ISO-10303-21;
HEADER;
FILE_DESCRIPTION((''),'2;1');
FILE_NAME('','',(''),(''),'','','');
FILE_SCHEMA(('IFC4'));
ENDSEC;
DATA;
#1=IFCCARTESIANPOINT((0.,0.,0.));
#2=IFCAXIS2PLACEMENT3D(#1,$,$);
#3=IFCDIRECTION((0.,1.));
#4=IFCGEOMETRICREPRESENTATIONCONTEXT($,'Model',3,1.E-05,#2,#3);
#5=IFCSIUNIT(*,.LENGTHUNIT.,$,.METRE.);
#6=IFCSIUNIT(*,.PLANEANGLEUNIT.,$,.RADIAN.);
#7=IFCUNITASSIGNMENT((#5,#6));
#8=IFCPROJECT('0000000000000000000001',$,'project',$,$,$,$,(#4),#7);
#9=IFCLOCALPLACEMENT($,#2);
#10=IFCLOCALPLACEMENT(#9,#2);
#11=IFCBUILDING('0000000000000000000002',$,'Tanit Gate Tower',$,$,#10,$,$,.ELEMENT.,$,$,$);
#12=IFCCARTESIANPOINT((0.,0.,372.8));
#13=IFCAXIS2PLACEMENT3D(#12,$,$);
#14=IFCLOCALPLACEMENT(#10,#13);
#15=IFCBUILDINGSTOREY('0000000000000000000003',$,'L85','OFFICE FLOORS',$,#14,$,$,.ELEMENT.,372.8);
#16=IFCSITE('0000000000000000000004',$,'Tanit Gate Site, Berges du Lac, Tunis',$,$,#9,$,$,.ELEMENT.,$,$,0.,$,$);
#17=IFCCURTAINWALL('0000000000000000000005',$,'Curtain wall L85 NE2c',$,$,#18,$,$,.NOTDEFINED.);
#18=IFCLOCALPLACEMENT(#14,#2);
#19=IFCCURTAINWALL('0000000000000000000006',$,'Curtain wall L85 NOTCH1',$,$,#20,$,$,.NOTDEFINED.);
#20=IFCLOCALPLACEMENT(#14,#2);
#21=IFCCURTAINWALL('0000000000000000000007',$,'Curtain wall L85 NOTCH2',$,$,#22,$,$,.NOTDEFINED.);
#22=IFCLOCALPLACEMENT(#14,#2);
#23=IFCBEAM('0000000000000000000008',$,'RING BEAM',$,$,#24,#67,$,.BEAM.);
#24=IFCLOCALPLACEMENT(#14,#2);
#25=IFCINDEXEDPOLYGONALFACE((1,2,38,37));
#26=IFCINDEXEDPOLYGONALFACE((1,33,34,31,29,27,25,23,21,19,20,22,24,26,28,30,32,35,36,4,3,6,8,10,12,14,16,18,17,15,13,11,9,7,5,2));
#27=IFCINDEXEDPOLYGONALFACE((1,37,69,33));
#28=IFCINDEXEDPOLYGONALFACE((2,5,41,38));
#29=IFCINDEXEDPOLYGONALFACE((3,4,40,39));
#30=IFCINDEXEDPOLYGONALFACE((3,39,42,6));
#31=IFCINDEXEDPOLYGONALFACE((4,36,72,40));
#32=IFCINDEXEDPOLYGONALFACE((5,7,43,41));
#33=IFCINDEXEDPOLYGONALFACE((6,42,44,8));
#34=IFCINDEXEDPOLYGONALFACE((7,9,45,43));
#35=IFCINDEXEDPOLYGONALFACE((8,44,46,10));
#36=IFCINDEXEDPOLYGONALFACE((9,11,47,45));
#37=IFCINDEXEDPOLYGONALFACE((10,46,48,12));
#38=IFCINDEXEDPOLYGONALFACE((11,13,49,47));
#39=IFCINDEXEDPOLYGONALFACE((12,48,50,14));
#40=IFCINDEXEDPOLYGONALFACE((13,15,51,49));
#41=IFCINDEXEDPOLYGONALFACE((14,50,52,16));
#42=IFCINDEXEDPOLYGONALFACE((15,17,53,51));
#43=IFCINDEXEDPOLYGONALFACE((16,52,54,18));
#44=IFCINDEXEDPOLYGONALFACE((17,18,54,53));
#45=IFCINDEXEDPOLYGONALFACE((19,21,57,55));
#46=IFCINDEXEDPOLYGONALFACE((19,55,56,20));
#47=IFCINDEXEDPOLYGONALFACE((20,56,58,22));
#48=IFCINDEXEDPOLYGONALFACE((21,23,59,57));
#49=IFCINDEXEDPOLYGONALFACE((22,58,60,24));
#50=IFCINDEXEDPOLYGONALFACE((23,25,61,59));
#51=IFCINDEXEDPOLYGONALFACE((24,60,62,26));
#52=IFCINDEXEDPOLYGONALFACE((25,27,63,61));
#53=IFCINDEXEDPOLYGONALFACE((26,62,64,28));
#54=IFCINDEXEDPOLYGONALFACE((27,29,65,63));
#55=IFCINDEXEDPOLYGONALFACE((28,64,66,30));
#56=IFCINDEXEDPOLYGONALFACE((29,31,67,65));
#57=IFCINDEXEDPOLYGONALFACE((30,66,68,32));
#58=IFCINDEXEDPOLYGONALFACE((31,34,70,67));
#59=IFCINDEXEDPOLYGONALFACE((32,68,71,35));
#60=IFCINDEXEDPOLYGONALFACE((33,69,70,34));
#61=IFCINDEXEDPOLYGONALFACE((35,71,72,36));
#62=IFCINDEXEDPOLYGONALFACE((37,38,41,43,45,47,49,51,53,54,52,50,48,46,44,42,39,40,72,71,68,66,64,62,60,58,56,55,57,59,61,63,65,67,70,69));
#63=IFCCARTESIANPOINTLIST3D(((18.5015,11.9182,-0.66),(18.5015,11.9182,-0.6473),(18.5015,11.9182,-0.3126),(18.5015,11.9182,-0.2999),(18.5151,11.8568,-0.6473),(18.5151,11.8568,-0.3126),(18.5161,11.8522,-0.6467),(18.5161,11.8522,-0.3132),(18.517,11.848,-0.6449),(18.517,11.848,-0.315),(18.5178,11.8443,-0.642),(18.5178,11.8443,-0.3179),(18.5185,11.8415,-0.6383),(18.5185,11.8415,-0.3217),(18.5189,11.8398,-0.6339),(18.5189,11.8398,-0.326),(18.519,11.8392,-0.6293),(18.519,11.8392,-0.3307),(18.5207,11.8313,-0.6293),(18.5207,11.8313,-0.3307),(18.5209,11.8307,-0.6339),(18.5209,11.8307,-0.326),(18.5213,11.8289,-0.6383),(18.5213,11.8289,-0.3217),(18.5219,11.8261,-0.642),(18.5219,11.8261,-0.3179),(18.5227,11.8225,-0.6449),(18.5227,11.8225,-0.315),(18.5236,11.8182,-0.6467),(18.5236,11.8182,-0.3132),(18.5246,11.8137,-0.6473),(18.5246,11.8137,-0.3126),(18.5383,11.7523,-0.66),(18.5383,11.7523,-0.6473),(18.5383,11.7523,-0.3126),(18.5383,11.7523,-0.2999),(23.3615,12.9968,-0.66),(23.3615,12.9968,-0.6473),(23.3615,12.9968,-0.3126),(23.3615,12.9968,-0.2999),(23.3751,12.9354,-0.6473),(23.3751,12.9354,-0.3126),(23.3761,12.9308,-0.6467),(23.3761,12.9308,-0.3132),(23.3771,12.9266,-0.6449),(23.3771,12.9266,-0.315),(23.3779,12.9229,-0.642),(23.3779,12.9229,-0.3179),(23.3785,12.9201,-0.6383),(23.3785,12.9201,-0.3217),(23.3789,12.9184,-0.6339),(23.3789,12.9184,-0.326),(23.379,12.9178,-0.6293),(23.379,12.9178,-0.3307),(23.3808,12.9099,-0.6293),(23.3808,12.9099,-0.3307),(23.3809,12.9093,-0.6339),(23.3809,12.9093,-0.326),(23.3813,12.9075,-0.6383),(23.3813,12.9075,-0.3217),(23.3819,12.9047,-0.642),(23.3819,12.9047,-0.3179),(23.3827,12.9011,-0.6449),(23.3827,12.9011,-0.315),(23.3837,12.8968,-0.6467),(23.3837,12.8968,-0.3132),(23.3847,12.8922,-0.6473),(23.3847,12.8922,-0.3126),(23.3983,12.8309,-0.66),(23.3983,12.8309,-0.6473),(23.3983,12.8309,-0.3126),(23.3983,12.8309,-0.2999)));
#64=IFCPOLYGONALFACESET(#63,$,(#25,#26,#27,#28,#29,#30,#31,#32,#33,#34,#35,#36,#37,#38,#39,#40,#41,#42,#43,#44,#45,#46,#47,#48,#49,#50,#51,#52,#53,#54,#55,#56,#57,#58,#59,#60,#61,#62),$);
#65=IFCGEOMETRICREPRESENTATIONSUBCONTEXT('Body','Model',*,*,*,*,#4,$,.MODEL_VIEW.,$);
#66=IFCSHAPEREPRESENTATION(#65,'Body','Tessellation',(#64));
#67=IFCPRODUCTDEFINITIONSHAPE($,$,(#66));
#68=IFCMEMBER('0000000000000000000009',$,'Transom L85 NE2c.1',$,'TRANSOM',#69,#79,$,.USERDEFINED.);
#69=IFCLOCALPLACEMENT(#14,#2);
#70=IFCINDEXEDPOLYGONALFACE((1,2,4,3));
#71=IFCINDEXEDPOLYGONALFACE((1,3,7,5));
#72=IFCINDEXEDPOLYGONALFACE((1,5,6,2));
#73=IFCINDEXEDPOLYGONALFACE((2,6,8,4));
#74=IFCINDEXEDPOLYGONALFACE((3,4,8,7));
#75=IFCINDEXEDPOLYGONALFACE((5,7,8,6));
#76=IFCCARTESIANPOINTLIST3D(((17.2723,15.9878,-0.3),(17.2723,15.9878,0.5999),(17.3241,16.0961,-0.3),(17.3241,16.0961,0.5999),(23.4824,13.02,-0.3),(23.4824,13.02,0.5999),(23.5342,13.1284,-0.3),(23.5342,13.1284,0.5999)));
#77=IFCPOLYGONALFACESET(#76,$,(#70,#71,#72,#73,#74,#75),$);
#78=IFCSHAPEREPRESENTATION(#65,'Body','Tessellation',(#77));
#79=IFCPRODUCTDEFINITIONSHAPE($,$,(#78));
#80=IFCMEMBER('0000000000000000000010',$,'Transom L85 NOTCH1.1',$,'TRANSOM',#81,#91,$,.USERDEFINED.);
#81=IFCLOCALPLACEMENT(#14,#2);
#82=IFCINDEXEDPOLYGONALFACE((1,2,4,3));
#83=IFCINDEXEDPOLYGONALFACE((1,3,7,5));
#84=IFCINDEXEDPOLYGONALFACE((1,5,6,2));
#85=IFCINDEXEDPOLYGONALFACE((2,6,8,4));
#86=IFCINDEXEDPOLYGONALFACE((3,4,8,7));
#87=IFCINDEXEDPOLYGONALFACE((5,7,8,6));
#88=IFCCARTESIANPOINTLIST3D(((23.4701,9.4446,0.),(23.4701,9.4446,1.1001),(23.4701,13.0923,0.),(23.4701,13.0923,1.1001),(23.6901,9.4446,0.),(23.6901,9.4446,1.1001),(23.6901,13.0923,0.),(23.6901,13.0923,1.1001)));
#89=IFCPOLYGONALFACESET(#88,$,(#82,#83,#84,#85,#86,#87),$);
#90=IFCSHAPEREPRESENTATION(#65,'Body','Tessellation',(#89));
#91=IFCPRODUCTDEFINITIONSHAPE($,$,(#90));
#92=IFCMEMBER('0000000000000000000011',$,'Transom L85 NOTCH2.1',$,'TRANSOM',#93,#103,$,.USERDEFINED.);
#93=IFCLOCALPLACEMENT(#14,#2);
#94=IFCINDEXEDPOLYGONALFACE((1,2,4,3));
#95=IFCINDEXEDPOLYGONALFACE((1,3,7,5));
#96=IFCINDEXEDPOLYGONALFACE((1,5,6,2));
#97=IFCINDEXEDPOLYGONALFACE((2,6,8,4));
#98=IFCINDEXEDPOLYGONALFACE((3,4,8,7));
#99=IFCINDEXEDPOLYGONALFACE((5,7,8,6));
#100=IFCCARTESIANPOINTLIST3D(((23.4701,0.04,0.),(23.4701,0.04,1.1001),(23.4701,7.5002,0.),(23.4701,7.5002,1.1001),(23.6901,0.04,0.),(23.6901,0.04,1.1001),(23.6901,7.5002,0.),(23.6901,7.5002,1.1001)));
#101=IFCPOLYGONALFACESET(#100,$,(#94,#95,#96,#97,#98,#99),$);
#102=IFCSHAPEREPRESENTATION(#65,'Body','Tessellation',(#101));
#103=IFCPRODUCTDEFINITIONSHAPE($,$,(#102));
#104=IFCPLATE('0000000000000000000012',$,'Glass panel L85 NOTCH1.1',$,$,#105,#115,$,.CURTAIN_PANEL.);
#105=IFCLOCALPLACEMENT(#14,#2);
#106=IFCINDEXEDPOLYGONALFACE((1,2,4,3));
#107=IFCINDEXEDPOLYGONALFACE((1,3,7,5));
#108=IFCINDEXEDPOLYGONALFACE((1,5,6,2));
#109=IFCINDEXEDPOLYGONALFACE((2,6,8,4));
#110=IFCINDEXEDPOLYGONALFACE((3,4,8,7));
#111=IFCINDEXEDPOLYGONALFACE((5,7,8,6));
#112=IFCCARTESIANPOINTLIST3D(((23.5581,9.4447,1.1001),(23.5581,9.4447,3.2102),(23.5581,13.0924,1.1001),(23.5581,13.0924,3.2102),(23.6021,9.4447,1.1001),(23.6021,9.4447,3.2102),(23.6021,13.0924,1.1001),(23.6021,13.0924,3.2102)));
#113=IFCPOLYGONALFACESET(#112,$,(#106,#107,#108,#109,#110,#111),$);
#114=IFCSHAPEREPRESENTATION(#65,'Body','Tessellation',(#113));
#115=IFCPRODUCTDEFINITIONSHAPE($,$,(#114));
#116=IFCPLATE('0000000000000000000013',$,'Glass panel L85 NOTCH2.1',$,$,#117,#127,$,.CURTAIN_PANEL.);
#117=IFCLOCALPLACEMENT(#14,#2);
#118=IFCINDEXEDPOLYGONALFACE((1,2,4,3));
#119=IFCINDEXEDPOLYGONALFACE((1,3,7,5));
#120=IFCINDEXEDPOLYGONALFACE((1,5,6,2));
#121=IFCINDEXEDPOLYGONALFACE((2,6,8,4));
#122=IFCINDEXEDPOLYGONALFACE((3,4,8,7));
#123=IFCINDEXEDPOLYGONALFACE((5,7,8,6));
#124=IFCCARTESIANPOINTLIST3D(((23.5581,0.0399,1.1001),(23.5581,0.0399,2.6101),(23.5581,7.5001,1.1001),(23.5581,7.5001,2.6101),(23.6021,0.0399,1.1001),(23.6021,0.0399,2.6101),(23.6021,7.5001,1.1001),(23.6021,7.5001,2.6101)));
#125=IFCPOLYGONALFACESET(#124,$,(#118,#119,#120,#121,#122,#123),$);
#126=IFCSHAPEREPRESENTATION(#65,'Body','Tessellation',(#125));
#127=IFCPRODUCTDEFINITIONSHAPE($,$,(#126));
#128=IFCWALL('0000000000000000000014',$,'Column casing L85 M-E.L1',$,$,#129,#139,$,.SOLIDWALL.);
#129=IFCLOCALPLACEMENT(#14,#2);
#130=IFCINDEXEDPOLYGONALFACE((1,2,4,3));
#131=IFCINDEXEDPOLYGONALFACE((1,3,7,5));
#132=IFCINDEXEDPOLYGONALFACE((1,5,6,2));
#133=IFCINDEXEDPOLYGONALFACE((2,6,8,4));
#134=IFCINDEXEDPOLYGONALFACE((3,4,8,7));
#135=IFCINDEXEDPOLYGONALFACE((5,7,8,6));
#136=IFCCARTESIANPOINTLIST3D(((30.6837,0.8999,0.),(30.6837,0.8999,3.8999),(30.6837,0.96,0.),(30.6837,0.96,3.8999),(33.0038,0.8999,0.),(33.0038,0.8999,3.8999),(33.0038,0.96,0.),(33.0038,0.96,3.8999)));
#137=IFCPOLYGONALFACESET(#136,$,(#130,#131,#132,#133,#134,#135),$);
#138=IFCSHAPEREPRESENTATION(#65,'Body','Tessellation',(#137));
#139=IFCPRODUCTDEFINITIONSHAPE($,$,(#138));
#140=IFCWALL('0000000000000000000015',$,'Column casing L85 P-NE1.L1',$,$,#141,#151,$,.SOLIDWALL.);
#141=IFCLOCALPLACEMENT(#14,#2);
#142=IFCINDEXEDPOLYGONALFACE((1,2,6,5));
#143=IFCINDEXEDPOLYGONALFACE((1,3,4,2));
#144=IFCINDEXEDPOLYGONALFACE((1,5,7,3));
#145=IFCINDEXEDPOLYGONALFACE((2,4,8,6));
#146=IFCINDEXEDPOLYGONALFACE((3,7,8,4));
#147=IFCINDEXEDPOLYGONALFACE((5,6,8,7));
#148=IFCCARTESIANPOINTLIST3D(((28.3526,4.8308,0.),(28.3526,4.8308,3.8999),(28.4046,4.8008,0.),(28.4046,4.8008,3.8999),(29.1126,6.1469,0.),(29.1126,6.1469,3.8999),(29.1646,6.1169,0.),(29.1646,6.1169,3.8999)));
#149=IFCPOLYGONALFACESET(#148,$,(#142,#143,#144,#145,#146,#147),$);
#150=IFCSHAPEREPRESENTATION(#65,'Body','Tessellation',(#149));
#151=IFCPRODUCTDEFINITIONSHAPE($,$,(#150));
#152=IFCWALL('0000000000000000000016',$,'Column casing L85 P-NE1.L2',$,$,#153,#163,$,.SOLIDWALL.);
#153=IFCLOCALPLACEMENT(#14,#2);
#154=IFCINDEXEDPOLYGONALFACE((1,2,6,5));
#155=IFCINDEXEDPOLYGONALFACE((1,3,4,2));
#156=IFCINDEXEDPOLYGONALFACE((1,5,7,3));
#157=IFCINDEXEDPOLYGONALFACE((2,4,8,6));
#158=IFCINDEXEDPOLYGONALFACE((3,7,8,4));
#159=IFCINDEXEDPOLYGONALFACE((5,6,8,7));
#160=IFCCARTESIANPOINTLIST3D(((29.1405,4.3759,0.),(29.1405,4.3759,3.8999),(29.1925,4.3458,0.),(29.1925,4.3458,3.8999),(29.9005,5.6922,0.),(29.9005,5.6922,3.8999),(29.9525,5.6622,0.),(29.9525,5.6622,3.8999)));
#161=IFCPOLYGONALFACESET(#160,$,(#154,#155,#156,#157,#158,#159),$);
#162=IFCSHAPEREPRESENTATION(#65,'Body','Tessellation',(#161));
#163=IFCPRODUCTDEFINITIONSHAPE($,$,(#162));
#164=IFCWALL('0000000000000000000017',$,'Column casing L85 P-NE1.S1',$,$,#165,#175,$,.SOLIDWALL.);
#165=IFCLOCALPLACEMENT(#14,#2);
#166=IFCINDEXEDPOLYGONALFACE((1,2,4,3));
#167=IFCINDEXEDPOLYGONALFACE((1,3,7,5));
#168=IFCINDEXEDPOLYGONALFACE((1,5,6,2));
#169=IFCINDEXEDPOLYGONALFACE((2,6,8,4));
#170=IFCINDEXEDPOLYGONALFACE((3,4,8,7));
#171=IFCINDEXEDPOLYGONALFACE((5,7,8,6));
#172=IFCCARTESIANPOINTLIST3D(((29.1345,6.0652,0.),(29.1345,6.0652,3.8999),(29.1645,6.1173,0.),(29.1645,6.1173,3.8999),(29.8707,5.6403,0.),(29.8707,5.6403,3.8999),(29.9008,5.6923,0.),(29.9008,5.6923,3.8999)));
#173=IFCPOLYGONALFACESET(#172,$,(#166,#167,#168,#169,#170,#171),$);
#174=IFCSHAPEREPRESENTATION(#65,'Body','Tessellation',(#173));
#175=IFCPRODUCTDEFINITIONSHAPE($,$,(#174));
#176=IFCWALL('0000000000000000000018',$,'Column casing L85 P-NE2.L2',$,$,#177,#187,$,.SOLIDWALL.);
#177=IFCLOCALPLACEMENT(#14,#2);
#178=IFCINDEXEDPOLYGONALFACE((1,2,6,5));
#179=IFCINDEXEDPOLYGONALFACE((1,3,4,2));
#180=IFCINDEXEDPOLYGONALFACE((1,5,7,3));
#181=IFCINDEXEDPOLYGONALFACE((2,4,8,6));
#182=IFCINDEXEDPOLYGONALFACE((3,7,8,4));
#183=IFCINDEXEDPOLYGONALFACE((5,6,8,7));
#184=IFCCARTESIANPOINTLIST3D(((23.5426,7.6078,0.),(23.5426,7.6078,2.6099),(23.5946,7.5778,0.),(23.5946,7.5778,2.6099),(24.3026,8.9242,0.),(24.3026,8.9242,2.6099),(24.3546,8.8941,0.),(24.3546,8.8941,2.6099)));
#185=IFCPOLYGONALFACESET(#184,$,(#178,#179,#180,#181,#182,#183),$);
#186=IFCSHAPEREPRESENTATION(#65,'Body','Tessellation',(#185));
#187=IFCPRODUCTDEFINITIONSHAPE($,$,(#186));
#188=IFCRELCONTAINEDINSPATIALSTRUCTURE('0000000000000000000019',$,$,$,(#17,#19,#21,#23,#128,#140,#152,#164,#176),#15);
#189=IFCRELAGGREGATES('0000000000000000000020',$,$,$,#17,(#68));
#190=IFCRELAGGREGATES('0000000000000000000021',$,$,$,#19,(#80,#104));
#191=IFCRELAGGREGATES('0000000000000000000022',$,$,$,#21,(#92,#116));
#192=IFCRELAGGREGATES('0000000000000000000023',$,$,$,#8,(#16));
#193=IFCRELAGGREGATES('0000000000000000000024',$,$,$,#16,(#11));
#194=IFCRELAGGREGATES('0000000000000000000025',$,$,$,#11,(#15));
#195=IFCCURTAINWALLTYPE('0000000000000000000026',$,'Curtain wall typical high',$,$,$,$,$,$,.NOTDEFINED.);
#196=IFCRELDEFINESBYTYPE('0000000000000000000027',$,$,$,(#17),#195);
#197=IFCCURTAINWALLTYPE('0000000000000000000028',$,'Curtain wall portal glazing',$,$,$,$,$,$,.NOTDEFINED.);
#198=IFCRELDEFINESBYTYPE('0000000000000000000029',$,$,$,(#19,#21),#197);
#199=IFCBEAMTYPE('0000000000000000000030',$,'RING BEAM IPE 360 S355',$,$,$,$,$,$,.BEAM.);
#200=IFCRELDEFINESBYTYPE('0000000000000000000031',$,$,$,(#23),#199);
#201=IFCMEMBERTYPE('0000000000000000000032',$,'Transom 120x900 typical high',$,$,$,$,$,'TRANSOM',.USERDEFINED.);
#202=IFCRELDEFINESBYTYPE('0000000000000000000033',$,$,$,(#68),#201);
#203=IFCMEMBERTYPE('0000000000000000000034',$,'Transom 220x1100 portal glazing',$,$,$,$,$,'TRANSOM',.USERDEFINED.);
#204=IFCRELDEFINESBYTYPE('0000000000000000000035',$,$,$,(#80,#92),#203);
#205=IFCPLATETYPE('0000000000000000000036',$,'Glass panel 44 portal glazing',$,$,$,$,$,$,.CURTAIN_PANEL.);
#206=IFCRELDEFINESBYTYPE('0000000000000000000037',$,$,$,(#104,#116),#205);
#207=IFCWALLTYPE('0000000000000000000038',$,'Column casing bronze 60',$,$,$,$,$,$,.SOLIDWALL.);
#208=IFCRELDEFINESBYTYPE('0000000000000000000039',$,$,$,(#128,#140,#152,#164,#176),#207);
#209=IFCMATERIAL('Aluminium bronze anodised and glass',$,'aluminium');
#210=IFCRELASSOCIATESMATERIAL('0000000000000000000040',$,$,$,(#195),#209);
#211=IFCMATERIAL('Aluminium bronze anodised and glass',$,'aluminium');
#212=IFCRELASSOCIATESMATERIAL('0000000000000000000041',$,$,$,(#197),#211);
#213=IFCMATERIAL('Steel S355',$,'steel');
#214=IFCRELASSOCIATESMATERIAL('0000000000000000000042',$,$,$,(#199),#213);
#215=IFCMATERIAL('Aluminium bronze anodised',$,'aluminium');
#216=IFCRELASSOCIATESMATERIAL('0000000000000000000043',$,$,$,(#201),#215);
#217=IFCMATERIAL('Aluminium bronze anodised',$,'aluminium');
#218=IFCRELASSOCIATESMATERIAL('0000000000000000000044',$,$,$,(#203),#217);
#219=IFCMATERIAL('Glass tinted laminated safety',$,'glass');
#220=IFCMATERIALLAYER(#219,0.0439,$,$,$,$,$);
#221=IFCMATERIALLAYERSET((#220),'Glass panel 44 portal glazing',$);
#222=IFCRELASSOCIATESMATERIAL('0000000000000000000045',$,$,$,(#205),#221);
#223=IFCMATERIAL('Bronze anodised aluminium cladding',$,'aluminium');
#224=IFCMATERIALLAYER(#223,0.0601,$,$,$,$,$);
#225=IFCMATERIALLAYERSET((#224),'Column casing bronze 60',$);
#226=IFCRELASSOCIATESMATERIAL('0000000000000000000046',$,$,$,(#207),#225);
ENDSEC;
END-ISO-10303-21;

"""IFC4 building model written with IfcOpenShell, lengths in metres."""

from ifc_helpers import new_model, si_unit, direction, frame, frame_2d, origin, origin_2d, place, context, subcontext, project, spatial, rectangle, i_section, extrude, material, layer, layer_set, material_profile, profile_set, type_object, element, aggregate, save


model = new_model("IFC4")

# Units and contexts
model_context = context("Model", 3, precision=1e-05, world=origin(), true_north=direction((0.0, 1.0)))
body_context = subcontext(model_context, "Body", "Model", "MODEL_VIEW")
ifc_project = project(units=[si_unit("LENGTHUNIT", "METRE"), si_unit("PLANEANGLEUNIT", "RADIAN")], contexts=[model_context])

# Site, building, storey
site_placement = place(None, origin())
site = spatial("IfcSite", under=ifc_project, at=site_placement, Name="Tanit Gate Site, Berges du Lac, Tunis", CompositionType="ELEMENT", RefElevation=0.0)
building_placement = place(site_placement, origin())
building = spatial("IfcBuilding", under=site, at=building_placement, Name="Tanit Gate Tower", CompositionType="ELEMENT")
storey_placement = place(building_placement, frame((0.0, 0.0, 372.8)))
storey = spatial("IfcBuildingStorey", under=building, at=storey_placement, Name="L85", Description="OFFICE FLOORS", CompositionType="ELEMENT", Elevation=372.8)

# Curtain wall
ifc_material_1 = material(Name="Aluminium bronze anodised and glass", Category="aluminium")
curtain_wall_type_1 = type_object("IfcCurtainWallType", Name="Curtain wall typical high", PredefinedType="NOTDEFINED", material=ifc_material_1)
curtain_wall_1_placement = place(storey_placement, origin())
curtain_wall_1 = element("IfcCurtainWall", 1, at=curtain_wall_1_placement, inside=storey, type_object=curtain_wall_type_1, Name="Curtain wall L85 NE2c", PredefinedType="NOTDEFINED")

# Curtain wall
ifc_material_2 = material(Name="Aluminium bronze anodised and glass", Category="aluminium")
curtain_wall_type_2 = type_object("IfcCurtainWallType", Name="Curtain wall portal glazing", PredefinedType="NOTDEFINED", material=ifc_material_2)
curtain_wall_2_placement = place(storey_placement, origin())
curtain_wall_2 = element("IfcCurtainWall", 2, at=curtain_wall_2_placement, inside=storey, type_object=curtain_wall_type_2, Name="Curtain wall L85 NOTCH1", PredefinedType="NOTDEFINED")

# Curtain wall
curtain_wall_3_placement = place(storey_placement, origin())
curtain_wall_3 = element("IfcCurtainWall", 3, at=curtain_wall_3_placement, inside=storey, type_object=curtain_wall_type_2, Name="Curtain wall L85 NOTCH2", PredefinedType="NOTDEFINED")

# Beam
ifc_material_3 = material(Name="Steel S355", Category="steel")
ifc_material_profile_1 = material_profile(ifc_material_3, i_section(OverallWidth=0.1699, OverallDepth=0.3601, WebThickness=0.0081, FlangeThickness=0.0127, FilletRadius=0.0181, at=origin_2d()), Name="IPE 360")
ifc_profile_set_1 = profile_set([ifc_material_profile_1], Name="Steel S355")
beam_type_1 = type_object("IfcBeamType", Name="RING BEAM IPE 360 S355", PredefinedType="BEAM", material=ifc_profile_set_1)
beam_1_placement = place(storey_placement, frame((23.3799, 12.9138, -0.48), z_axis=(-0.976247, -0.21666, 0.0), x_axis=(0.21666, -0.976247, 0.0)))
element("IfcBeam", 4, at=beam_1_placement, inside=storey, type_object=beam_type_1, Name="RING BEAM", PredefinedType="BEAM", context=body_context, shape_type="SweptSolid", body=[
    extrude(i_section(OverallWidth=0.1699, OverallDepth=0.3601, WebThickness=0.0081, FlangeThickness=0.0127, FilletRadius=0.0181, at=origin_2d()), origin(), (0.0, 0.0, 1.0), 4.9783),
])

# Members
ifc_material_4 = material(Name="Aluminium bronze anodised", Category="aluminium")
ifc_material_profile_2 = material_profile(ifc_material_4, rectangle(XDim=0.1201, YDim=0.8999, at=origin_2d()), Name="120x900 bronze transom")
ifc_profile_set_2 = profile_set([ifc_material_profile_2], Name="Aluminium bronze anodised")
member_type_1 = type_object("IfcMemberType", Name="Transom 120x900 typical high", ElementType="TRANSOM", PredefinedType="USERDEFINED", material=ifc_profile_set_2)
member_1_placement = place(storey_placement, frame((23.5083, 13.0742, 0.1499), z_axis=(-0.902266, 0.431181, 0.0), x_axis=(-0.431181, -0.902266, 0.0)))
member_1 = element("IfcMember", 5, at=member_1_placement, type_object=member_type_1, Name="Transom L85 NE2c.1", ObjectType="TRANSOM", PredefinedType="USERDEFINED", context=body_context, shape_type="SweptSolid", body=[
    extrude(rectangle(XDim=0.1201, YDim=0.8999, at=origin_2d()), origin(), (0.0, 0.0, 1.0), 6.8828),
])
aggregate(curtain_wall_1, [member_1])
ifc_material_5 = material(Name="Aluminium bronze anodised", Category="aluminium")
ifc_material_profile_3 = material_profile(ifc_material_5, rectangle(XDim=0.22, YDim=1.1001, at=origin_2d()), Name="220x1100 bronze transom")
ifc_profile_set_3 = profile_set([ifc_material_profile_3], Name="Aluminium bronze anodised")
member_type_2 = type_object("IfcMemberType", Name="Transom 220x1100 portal glazing", ElementType="TRANSOM", PredefinedType="USERDEFINED", material=ifc_profile_set_3)
member_2_placement = place(storey_placement, frame((23.5801, 13.0923, 0.55), z_axis=(0.0, -1.0, 0.0), x_axis=(1.0, 0.0, 0.0)))
member_2 = element("IfcMember", 6, at=member_2_placement, type_object=member_type_2, Name="Transom L85 NOTCH1.1", ObjectType="TRANSOM", PredefinedType="USERDEFINED", context=body_context, shape_type="SweptSolid", body=[
    extrude(rectangle(XDim=0.22, YDim=1.1001, at=origin_2d()), origin(), (0.0, 0.0, 1.0), 3.6477),
])
member_3_placement = place(storey_placement, frame((23.5801, 7.5002, 0.55), z_axis=(0.0, -1.0, 0.0), x_axis=(1.0, 0.0, 0.0)))
member_3 = element("IfcMember", 7, at=member_3_placement, type_object=member_type_2, Name="Transom L85 NOTCH2.1", ObjectType="TRANSOM", PredefinedType="USERDEFINED", context=body_context, shape_type="SweptSolid", body=[
    extrude(rectangle(XDim=0.22, YDim=1.1001, at=origin_2d()), origin(), (0.0, 0.0, 1.0), 7.4602),
])

# Plates
ifc_material_6 = material(Name="Glass tinted laminated safety", Category="glass")
ifc_layer_1 = layer(ifc_material_6, 0.0439)
ifc_layer_set_1 = layer_set([ifc_layer_1], Name="Glass panel 44 portal glazing")
plate_type = type_object("IfcPlateType", Name="Glass panel 44 portal glazing", PredefinedType="CURTAIN_PANEL", material=ifc_layer_set_1)
plate_1_placement = place(storey_placement, frame((23.5801, 11.2686, 1.1001), z_axis=(0.0, 0.0, 1.0), x_axis=(0.0, -1.0, 0.0)))
plate_1 = element("IfcPlate", 8, at=plate_1_placement, type_object=plate_type, Name="Glass panel L85 NOTCH1.1", PredefinedType="CURTAIN_PANEL", context=body_context, shape_type="SweptSolid", body=[
    extrude(rectangle(XDim=3.6477, YDim=0.0439, at=origin_2d()), origin(), (0.0, 0.0, 1.0), 2.1101),
])
aggregate(curtain_wall_2, [member_2, plate_1])
plate_2_placement = place(storey_placement, frame((23.5801, 3.77, 1.1001), z_axis=(0.0, 0.0, 1.0), x_axis=(0.0, -1.0, 0.0)))
plate_2 = element("IfcPlate", 9, at=plate_2_placement, type_object=plate_type, Name="Glass panel L85 NOTCH2.1", PredefinedType="CURTAIN_PANEL", context=body_context, shape_type="SweptSolid", body=[
    extrude(rectangle(XDim=7.4602, YDim=0.0439, at=origin_2d()), origin(), (0.0, 0.0, 1.0), 1.51),
])
aggregate(curtain_wall_3, [member_3, plate_2])

# Walls
ifc_material_7 = material(Name="Bronze anodised aluminium cladding", Category="aluminium")
ifc_layer_2 = layer(ifc_material_7, 0.0601)
ifc_layer_set_2 = layer_set([ifc_layer_2], Name="Column casing bronze 60")
wall_type = type_object("IfcWallType", Name="Column casing bronze 60", PredefinedType="SOLIDWALL", material=ifc_layer_set_2)
wall_1_placement = place(storey_placement, frame((30.6836, 0.9299, 0.0), z_axis=(0.0, 0.0, 1.0), x_axis=(1.0, 0.0, 0.0)))
element("IfcWall", 10, at=wall_1_placement, inside=storey, type_object=wall_type, Name="Column casing L85 M-E.L1", PredefinedType="SOLIDWALL", context=body_context, shape_type="SweptSolid", body=[
    extrude(rectangle(XDim=2.3201, YDim=0.0601, at=frame_2d((1.1602, 0.0))), origin(), (0.0, 0.0, 1.0), 3.8999),
])
wall_2_placement = place(storey_placement, frame((28.3787, 4.8159, 0.0), z_axis=(0.0, 0.0, 1.0), x_axis=(0.500061, 0.86599, 0.0)))
element("IfcWall", 11, at=wall_2_placement, inside=storey, type_object=wall_type, Name="Column casing L85 P-NE1.L1", PredefinedType="SOLIDWALL", context=body_context, shape_type="SweptSolid", body=[
    extrude(rectangle(XDim=1.5198, YDim=0.0601, at=frame_2d((0.7598, 0.0))), origin(), (0.0, 0.0, 1.0), 3.8999),
])
wall_3_placement = place(storey_placement, frame((29.1665, 4.3608, 0.0), z_axis=(0.0, 0.0, 1.0), x_axis=(0.499991, 0.86603, 0.0)))
element("IfcWall", 12, at=wall_3_placement, inside=storey, type_object=wall_type, Name="Column casing L85 P-NE1.L2", PredefinedType="SOLIDWALL", context=body_context, shape_type="SweptSolid", body=[
    extrude(rectangle(XDim=1.52, YDim=0.0601, at=frame_2d((0.76, 0.0))), origin(), (0.0, 0.0, 1.0), 3.8999),
])
wall_4_placement = place(storey_placement, frame((29.8857, 5.6663, 0.0), z_axis=(0.0, 0.0, 1.0), x_axis=(-0.866061, 0.499938, 0.0)))
element("IfcWall", 13, at=wall_4_placement, inside=storey, type_object=wall_type, Name="Column casing L85 P-NE1.S1", PredefinedType="SOLIDWALL", context=body_context, shape_type="SweptSolid", body=[
    extrude(rectangle(XDim=0.8501, YDim=0.0601, at=frame_2d((0.425, 0.0))), origin(), (0.0, 0.0, 1.0), 3.8999),
])
wall_5_placement = place(storey_placement, frame((23.5686, 7.5928, 0.0), z_axis=(0.0, 0.0, 1.0), x_axis=(0.499991, 0.86603, 0.0)))
element("IfcWall", 14, at=wall_5_placement, inside=storey, type_object=wall_type, Name="Column casing L85 P-NE2.L2", PredefinedType="SOLIDWALL", context=body_context, shape_type="SweptSolid", body=[
    extrude(rectangle(XDim=1.52, YDim=0.0601, at=frame_2d((0.76, 0.0))), origin(), (0.0, 0.0, 1.0), 2.6099),
])

save(model, "model.ifc")
